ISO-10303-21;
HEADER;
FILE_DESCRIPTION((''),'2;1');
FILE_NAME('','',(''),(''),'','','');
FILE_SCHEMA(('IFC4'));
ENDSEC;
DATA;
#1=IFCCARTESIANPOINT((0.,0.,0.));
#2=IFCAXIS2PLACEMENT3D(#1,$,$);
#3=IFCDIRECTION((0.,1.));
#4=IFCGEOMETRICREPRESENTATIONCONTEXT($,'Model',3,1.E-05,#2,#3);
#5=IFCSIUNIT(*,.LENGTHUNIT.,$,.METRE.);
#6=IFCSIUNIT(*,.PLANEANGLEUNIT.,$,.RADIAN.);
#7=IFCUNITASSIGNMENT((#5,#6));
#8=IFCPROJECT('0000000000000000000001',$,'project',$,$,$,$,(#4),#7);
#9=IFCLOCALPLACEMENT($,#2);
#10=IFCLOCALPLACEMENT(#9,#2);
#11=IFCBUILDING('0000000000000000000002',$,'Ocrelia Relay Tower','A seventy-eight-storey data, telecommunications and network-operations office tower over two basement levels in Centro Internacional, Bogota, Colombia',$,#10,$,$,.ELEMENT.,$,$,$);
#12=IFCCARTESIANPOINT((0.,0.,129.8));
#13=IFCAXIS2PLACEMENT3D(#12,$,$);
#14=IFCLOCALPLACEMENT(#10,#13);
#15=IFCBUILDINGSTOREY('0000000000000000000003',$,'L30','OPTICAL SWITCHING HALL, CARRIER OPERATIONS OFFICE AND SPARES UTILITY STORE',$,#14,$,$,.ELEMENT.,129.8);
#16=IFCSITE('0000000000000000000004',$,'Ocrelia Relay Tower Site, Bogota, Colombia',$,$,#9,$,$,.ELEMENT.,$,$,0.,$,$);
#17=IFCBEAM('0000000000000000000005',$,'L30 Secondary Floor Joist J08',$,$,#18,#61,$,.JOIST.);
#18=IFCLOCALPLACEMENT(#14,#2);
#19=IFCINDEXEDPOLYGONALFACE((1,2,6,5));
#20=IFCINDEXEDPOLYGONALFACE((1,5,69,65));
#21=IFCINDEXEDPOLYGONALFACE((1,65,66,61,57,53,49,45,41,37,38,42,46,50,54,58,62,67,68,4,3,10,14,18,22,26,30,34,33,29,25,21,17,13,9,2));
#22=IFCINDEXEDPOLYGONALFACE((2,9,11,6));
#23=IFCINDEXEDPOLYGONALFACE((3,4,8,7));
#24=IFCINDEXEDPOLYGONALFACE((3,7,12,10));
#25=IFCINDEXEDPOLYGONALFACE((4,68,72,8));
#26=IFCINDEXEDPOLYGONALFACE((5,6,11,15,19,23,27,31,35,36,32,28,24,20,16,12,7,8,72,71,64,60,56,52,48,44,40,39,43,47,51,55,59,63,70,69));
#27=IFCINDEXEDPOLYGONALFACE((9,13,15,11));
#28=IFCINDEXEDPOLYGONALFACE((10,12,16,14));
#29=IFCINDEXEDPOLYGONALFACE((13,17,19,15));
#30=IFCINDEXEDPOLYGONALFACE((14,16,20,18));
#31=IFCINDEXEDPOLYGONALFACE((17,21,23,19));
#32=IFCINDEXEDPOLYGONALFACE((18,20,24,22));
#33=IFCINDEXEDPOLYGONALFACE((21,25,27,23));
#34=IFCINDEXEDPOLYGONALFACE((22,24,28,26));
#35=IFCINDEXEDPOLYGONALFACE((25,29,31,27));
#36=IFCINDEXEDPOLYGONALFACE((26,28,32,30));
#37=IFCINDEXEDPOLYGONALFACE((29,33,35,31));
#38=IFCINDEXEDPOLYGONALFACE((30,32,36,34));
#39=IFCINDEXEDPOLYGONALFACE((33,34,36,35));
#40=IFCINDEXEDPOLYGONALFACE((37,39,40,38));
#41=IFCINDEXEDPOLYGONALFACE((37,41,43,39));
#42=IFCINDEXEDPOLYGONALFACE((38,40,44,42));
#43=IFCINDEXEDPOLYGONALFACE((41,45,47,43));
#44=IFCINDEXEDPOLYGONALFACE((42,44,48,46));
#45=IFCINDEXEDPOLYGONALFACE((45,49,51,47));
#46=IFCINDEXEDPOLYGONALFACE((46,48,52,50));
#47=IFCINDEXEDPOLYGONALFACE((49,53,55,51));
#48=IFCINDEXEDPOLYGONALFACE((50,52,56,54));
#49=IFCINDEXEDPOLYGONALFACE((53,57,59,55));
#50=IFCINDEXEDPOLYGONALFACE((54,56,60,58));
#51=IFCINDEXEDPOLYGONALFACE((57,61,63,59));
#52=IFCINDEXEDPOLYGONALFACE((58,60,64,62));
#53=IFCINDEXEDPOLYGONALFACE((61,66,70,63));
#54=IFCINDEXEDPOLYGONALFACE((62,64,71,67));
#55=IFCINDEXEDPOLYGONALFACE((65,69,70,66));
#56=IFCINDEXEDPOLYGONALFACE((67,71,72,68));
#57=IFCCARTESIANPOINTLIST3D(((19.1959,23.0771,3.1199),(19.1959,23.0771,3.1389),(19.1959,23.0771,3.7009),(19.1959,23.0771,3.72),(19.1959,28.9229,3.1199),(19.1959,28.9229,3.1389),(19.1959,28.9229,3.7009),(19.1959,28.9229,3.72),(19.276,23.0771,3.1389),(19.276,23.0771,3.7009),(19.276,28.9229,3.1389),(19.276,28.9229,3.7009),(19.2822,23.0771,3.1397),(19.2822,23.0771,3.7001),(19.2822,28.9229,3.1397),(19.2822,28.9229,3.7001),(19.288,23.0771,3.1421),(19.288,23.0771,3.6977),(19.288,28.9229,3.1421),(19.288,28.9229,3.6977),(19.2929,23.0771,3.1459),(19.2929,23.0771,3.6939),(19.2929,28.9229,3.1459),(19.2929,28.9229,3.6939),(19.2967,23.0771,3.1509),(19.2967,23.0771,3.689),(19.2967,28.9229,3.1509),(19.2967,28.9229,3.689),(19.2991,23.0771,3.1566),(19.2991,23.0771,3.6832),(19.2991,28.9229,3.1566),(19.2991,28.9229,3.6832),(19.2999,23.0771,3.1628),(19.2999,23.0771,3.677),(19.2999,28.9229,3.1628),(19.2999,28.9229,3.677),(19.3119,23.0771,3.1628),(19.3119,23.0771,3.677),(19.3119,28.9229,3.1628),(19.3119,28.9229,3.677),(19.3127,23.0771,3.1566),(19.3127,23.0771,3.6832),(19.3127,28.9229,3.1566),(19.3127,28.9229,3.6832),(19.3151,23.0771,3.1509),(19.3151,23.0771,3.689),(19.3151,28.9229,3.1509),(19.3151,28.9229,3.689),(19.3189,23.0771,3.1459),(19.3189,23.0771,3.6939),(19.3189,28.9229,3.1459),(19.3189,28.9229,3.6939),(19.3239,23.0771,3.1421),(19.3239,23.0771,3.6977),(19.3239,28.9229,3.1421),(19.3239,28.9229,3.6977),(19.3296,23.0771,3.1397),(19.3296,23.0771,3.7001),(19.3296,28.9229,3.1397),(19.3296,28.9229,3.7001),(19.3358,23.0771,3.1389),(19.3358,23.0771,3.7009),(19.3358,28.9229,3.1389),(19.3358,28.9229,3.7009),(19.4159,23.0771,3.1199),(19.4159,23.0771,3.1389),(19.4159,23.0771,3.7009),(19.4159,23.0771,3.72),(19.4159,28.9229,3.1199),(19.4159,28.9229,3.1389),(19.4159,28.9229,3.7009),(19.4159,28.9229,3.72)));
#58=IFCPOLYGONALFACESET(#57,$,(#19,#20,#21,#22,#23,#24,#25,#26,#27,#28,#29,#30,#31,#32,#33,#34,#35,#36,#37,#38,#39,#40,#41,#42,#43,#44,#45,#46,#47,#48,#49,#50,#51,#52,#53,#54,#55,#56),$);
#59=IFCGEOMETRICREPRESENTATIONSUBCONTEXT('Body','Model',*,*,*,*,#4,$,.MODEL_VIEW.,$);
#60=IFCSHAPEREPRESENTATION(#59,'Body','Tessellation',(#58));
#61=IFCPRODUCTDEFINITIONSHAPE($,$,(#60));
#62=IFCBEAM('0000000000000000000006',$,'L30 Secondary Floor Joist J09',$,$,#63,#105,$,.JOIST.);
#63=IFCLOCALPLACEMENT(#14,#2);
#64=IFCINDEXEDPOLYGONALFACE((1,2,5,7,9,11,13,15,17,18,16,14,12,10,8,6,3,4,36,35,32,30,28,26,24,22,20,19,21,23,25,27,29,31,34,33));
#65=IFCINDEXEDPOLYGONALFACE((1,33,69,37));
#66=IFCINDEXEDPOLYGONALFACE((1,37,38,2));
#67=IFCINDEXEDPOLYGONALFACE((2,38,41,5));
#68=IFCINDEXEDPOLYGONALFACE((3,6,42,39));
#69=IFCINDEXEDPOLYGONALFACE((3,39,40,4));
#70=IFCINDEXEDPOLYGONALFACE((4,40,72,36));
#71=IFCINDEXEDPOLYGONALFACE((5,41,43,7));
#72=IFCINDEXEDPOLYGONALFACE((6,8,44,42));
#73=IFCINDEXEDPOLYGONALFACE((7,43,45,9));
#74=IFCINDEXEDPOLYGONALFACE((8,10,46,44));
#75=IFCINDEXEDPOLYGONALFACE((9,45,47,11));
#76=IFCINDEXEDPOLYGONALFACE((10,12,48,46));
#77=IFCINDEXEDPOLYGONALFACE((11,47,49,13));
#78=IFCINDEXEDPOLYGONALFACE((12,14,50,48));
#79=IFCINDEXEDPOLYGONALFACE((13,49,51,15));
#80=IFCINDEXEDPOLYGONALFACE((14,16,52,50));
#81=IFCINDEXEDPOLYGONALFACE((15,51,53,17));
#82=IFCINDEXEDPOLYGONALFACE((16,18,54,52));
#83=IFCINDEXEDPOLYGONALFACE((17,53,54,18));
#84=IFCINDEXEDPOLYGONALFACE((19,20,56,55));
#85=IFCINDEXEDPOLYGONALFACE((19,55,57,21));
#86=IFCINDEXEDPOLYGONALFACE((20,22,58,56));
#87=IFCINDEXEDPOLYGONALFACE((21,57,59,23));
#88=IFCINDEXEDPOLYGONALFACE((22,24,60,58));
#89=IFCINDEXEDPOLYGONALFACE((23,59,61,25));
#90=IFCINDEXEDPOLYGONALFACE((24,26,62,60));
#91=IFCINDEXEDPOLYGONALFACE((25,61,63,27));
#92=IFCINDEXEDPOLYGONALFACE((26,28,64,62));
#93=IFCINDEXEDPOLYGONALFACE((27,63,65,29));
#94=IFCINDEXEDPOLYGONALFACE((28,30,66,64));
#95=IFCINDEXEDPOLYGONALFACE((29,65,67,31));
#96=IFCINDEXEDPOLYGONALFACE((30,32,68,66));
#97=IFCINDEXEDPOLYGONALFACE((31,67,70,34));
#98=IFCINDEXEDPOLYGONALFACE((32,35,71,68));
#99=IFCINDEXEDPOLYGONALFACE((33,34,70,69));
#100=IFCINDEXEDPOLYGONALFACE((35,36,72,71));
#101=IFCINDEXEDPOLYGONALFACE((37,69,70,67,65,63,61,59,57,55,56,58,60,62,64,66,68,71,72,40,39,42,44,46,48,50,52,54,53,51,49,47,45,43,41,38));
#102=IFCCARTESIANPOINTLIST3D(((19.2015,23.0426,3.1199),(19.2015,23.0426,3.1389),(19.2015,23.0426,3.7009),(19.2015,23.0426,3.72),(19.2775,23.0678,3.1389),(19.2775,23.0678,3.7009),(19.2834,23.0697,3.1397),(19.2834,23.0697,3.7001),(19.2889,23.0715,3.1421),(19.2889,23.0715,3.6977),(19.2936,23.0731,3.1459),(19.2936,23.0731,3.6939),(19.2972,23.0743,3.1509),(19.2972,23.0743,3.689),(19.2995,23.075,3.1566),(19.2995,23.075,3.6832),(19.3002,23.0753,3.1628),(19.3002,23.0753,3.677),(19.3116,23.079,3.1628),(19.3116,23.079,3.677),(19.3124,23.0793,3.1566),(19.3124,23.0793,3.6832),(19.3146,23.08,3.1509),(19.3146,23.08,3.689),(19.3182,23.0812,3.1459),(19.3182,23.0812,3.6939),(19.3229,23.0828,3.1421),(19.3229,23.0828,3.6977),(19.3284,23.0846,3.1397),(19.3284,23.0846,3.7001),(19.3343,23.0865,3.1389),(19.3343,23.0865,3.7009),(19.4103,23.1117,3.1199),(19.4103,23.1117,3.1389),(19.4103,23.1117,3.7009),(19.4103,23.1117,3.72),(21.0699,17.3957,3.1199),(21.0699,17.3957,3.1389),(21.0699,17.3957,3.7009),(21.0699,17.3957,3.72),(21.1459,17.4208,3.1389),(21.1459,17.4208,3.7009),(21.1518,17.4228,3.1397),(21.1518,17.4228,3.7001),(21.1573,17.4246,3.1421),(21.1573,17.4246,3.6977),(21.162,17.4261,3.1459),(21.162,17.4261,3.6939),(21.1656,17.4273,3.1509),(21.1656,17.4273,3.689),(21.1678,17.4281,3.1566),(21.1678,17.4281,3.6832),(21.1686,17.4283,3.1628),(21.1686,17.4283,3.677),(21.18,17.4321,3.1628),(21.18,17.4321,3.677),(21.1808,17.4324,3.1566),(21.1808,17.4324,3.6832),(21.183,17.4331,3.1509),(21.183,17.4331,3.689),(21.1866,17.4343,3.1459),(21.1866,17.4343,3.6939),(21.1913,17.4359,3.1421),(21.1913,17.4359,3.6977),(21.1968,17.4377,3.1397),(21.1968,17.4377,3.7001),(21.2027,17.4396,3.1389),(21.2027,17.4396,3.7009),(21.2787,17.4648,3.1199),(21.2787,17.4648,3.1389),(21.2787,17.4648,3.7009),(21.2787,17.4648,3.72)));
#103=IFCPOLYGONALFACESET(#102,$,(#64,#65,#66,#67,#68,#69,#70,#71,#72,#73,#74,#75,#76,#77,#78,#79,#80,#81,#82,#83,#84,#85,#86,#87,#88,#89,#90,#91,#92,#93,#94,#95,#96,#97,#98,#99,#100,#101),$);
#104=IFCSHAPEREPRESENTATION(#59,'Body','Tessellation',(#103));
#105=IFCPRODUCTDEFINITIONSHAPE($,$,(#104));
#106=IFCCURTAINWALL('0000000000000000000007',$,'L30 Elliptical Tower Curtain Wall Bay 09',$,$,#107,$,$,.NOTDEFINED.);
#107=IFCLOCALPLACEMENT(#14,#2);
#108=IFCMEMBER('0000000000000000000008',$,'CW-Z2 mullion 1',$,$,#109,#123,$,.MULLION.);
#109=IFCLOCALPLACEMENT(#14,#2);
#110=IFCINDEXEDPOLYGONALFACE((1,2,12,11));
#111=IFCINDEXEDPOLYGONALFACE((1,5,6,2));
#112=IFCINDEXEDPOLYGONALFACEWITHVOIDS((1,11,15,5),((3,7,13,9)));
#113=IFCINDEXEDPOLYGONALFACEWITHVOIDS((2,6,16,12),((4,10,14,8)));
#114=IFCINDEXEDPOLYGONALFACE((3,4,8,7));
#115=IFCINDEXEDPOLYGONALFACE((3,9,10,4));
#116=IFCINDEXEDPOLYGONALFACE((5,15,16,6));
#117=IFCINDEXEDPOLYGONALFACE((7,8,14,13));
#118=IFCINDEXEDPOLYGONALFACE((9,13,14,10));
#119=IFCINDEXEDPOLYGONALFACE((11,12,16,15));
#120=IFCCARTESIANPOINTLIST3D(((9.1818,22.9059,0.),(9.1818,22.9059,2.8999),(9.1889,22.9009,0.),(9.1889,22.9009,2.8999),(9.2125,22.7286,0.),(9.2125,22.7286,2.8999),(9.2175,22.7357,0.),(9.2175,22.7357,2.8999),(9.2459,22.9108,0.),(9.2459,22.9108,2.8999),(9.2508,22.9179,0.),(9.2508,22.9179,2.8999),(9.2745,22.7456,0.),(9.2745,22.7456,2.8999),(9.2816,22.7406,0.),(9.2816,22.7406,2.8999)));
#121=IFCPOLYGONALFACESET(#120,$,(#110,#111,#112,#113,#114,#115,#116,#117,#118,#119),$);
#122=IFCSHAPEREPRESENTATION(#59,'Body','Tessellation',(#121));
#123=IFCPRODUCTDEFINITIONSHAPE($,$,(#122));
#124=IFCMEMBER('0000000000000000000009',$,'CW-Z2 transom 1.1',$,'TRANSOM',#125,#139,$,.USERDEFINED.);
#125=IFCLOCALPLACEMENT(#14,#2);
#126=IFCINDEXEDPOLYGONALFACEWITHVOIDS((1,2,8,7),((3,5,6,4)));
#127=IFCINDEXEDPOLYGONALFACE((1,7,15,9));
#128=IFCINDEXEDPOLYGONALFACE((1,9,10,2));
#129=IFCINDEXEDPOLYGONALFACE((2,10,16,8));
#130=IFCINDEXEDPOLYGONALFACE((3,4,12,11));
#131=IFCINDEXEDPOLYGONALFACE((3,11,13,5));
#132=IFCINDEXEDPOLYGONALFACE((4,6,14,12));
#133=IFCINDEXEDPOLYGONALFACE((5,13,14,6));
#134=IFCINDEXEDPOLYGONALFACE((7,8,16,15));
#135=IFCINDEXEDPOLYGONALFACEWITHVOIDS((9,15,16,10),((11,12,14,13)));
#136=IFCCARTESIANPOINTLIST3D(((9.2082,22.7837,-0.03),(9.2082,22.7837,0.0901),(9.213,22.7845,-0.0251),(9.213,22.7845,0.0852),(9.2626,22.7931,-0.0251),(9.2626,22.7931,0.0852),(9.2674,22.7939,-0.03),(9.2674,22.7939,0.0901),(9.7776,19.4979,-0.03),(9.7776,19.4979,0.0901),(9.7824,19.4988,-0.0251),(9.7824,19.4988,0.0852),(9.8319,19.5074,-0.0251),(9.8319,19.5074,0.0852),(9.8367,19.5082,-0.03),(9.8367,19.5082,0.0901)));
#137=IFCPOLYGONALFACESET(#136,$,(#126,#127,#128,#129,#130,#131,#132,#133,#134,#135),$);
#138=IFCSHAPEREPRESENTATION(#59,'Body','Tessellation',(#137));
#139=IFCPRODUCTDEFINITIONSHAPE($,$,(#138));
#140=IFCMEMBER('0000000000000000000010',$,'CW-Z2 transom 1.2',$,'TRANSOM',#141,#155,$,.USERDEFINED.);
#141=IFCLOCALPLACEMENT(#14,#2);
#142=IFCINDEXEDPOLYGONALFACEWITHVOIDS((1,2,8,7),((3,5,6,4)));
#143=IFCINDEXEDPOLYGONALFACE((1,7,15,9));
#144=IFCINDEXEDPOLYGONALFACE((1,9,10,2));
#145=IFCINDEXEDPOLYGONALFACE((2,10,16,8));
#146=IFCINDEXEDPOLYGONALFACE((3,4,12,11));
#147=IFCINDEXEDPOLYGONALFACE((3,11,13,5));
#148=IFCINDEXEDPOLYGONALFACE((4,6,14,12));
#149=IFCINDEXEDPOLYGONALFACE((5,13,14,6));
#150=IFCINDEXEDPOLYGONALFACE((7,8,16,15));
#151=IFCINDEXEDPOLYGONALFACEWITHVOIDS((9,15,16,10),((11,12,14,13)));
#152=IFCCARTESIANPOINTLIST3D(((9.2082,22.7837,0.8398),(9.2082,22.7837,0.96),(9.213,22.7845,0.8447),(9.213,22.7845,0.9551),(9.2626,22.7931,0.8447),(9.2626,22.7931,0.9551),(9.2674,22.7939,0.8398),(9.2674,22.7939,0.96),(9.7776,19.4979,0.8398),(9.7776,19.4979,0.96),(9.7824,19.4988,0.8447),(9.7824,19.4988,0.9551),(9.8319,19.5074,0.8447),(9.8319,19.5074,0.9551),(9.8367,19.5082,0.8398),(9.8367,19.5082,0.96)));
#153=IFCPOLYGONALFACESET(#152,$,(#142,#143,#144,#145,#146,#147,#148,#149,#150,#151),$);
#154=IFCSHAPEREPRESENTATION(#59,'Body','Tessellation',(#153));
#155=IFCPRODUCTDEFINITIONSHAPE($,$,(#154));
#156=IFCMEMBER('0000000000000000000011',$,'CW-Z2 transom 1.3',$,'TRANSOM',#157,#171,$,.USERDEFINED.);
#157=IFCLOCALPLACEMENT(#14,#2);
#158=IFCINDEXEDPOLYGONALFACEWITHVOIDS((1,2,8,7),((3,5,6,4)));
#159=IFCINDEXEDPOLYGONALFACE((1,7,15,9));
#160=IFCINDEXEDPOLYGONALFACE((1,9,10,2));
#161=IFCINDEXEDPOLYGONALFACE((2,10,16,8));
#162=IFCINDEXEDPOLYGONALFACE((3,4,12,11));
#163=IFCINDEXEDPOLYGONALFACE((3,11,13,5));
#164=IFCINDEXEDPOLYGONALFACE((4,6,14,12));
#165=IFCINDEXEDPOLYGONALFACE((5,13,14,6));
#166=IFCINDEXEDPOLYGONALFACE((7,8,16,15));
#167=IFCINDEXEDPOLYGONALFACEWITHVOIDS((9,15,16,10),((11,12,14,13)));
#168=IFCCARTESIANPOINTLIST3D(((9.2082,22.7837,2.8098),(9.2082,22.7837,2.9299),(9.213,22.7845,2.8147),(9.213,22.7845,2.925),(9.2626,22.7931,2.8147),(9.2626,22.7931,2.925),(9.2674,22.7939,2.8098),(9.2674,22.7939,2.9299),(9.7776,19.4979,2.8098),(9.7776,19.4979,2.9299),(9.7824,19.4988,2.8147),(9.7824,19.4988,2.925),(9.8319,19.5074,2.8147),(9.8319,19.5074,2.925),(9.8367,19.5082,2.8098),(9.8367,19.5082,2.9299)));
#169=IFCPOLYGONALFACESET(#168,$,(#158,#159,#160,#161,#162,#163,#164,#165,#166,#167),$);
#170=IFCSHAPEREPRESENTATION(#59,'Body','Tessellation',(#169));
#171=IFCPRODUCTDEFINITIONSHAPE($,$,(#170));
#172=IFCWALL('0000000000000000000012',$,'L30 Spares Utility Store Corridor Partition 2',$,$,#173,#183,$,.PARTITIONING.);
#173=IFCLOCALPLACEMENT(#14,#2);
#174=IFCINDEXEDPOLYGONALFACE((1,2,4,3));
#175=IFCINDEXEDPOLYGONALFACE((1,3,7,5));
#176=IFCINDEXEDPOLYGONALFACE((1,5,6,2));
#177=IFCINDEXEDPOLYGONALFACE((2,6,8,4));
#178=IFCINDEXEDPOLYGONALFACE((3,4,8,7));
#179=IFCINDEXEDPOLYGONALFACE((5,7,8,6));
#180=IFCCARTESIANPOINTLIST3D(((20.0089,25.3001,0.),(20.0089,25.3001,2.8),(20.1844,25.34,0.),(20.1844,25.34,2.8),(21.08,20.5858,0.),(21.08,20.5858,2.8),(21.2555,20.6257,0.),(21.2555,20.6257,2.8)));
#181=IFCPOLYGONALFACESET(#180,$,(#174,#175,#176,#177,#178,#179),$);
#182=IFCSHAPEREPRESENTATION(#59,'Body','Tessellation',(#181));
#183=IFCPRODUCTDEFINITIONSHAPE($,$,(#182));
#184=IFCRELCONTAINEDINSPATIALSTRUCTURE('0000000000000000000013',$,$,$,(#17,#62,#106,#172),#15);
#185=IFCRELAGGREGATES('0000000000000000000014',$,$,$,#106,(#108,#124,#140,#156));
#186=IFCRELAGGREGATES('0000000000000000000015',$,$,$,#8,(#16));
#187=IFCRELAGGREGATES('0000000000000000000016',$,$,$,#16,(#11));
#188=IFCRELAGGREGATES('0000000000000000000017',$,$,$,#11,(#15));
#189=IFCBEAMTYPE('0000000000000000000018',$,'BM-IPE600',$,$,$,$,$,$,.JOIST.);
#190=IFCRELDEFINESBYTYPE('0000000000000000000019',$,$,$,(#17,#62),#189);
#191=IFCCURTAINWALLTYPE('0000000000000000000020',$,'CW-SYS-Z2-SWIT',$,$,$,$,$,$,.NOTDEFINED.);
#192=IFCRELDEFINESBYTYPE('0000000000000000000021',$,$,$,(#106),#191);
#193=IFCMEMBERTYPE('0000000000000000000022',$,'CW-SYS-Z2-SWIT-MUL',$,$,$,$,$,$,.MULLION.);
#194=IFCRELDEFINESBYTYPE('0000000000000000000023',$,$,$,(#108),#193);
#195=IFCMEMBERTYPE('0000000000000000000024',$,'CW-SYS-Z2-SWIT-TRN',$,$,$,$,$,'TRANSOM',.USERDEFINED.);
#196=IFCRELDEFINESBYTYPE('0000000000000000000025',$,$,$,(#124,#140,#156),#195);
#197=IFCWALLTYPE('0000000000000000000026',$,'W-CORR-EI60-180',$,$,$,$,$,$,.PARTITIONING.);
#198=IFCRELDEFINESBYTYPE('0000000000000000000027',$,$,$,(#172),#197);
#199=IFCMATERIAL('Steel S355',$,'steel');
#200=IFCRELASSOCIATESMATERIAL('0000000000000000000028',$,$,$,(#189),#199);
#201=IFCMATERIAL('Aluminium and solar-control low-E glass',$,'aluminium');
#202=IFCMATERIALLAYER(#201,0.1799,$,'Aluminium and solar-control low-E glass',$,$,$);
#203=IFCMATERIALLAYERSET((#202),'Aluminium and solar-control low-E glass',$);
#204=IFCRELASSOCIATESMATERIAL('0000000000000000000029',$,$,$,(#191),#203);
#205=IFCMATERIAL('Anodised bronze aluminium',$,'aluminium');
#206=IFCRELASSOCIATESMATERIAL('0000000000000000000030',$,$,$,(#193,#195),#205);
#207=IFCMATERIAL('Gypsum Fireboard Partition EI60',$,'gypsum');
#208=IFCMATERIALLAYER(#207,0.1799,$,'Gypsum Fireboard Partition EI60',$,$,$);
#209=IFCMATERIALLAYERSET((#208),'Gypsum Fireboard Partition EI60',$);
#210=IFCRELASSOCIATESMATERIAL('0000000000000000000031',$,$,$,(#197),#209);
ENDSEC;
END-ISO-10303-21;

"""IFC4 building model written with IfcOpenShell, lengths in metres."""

from ifc_helpers import new_model, si_unit, direction, frame, frame_2d, origin, origin_2d, place, context, subcontext, project, spatial, rectangle, hollow_rectangle, i_section, extrude, material, layer, layer_set, material_profile, profile_set, type_object, element, aggregate, save


model = new_model("IFC4")

# Units and contexts
model_context = context("Model", 3, precision=1e-05, world=origin(), true_north=direction((0.0, 1.0)))
body_context = subcontext(model_context, "Body", "Model", "MODEL_VIEW")
ifc_project = project(units=[si_unit("LENGTHUNIT", "METRE"), si_unit("PLANEANGLEUNIT", "RADIAN")], contexts=[model_context])

# Site, building, storey
site_placement = place(None, origin())
site = spatial("IfcSite", under=ifc_project, at=site_placement, Name="Ocrelia Relay Tower Site, Bogota, Colombia", CompositionType="ELEMENT", RefElevation=0.0)
building_placement = place(site_placement, origin())
building = spatial("IfcBuilding", under=site, at=building_placement, Name="Ocrelia Relay Tower", Description="A seventy-eight-storey data, telecommunications and network-operations office tower over two basement levels in Centro Internacional, Bogota, Colombia", CompositionType="ELEMENT")
storey_placement = place(building_placement, frame((0.0, 0.0, 129.8)))
storey = spatial("IfcBuildingStorey", under=building, at=storey_placement, Name="L30", Description="OPTICAL SWITCHING HALL, CARRIER OPERATIONS OFFICE AND SPARES UTILITY STORE", CompositionType="ELEMENT", Elevation=129.8)

# Beams
ifc_material_1 = material(Name="Steel S355", Category="steel")
ifc_material_profile_1 = material_profile(ifc_material_1, i_section(OverallWidth=0.22, OverallDepth=0.6001, WebThickness=0.012, FlangeThickness=0.019, FilletRadius=0.0239, at=origin_2d()), Name="IPE 600")
ifc_profile_set_1 = profile_set([ifc_material_profile_1], Name="Steel S355")
beam_type_1 = type_object("IfcBeamType", Name="BM-IPE600", PredefinedType="JOIST", material=ifc_profile_set_1)
beam_1_placement = place(storey_placement, frame((19.3059, 28.9229, 3.4199), z_axis=(0.0, -1.0, 0.0), x_axis=(1.0, 0.0, 0.0)))
element("IfcBeam", 1, at=beam_1_placement, inside=storey, type_object=beam_type_1, Name="L30 Secondary Floor Joist J08", PredefinedType="JOIST", context=body_context, shape_type="SweptSolid", body=[
    extrude(i_section(OverallWidth=0.22, OverallDepth=0.6001, WebThickness=0.012, FlangeThickness=0.019, FilletRadius=0.0239, at=origin_2d()), origin(), (0.0, 0.0, 1.0), 5.8457),
])
beam_2_placement = place(storey_placement, frame((19.3059, 23.0771, 3.4199), z_axis=(0.314121, -0.949383, 0.0), x_axis=(0.949383, 0.314121, 0.0)))
element("IfcBeam", 2, at=beam_2_placement, inside=storey, type_object=beam_type_1, Name="L30 Secondary Floor Joist J09", PredefinedType="JOIST", context=body_context, shape_type="SweptSolid", body=[
    extrude(i_section(OverallWidth=0.22, OverallDepth=0.6001, WebThickness=0.012, FlangeThickness=0.019, FilletRadius=0.0239, at=origin_2d()), origin(), (0.0, 0.0, 1.0), 5.948),
])

# Curtain wall, members
ifc_material_2 = material(Name="Aluminium and solar-control low-E glass", Category="aluminium")
ifc_layer_1 = layer(ifc_material_2, 0.1799, Name="Aluminium and solar-control low-E glass")
ifc_layer_set_1 = layer_set([ifc_layer_1], Name="Aluminium and solar-control low-E glass")
curtain_wall_type = type_object("IfcCurtainWallType", Name="CW-SYS-Z2-SWIT", PredefinedType="NOTDEFINED", material=ifc_layer_set_1)
curtain_wall_placement = place(storey_placement, origin())
curtain_wall = element("IfcCurtainWall", 3, at=curtain_wall_placement, inside=storey, type_object=curtain_wall_type, Name="L30 Elliptical Tower Curtain Wall Bay 09", PredefinedType="NOTDEFINED")
ifc_material_3 = material(Name="Anodised bronze aluminium", Category="aluminium")
ifc_material_profile_2 = material_profile(ifc_material_3, hollow_rectangle(XDim=0.0701, YDim=0.1799, WallThickness=0.0061, at=origin_2d()), Name="CW-MUL-180x70")
ifc_profile_set_2 = profile_set([ifc_material_profile_2], Name="Anodised bronze aluminium")
member_type_1 = type_object("IfcMemberType", Name="CW-SYS-Z2-SWIT-MUL", PredefinedType="MULLION", material=ifc_profile_set_2)
member_1_placement = place(storey_placement, frame((9.2317, 22.8232, 0.0), z_axis=(0.0, 0.0, 1.0), x_axis=(0.985317, 0.170734, 0.0)))
member_1 = element("IfcMember", 4, at=member_1_placement, type_object=member_type_1, Name="CW-Z2 mullion 1", PredefinedType="MULLION", context=body_context, shape_type="SweptSolid", body=[
    extrude(hollow_rectangle(XDim=0.0701, YDim=0.1799, WallThickness=0.0061, at=origin_2d()), origin(), (0.0, 0.0, 1.0), 2.8999),
])
ifc_material_profile_3 = material_profile(ifc_material_3, hollow_rectangle(XDim=0.0601, YDim=0.1201, WallThickness=0.0049, at=origin_2d()), Name="CW-TRN-120x60")
ifc_profile_set_3 = profile_set([ifc_material_profile_3], Name="Anodised bronze aluminium")
member_type_2 = type_object("IfcMemberType", Name="CW-SYS-Z2-SWIT-TRN", ElementType="TRANSOM", PredefinedType="USERDEFINED", material=ifc_profile_set_3)
member_2_placement = place(storey_placement, frame((9.2378, 22.7888, 0.03), z_axis=(0.170736, -0.985317, 0.0), x_axis=(0.985317, 0.170736, 0.0)))
member_2 = element("IfcMember", 5, at=member_2_placement, type_object=member_type_2, Name="CW-Z2 transom 1.1", ObjectType="TRANSOM", PredefinedType="USERDEFINED", context=body_context, shape_type="SweptSolid", body=[
    extrude(hollow_rectangle(XDim=0.0601, YDim=0.1201, WallThickness=0.0049, at=origin_2d()), origin(), (0.0, 0.0, 1.0), 3.3347),
])
member_3_placement = place(storey_placement, frame((9.2378, 22.7888, 0.8999), z_axis=(0.170736, -0.985317, 0.0), x_axis=(0.985317, 0.170736, 0.0)))
member_3 = element("IfcMember", 6, at=member_3_placement, type_object=member_type_2, Name="CW-Z2 transom 1.2", ObjectType="TRANSOM", PredefinedType="USERDEFINED", context=body_context, shape_type="SweptSolid", body=[
    extrude(hollow_rectangle(XDim=0.0601, YDim=0.1201, WallThickness=0.0049, at=origin_2d()), origin(), (0.0, 0.0, 1.0), 3.3347),
])
member_4_placement = place(storey_placement, frame((9.2378, 22.7888, 2.8699), z_axis=(0.170736, -0.985317, 0.0), x_axis=(0.985317, 0.170736, 0.0)))
member_4 = element("IfcMember", 7, at=member_4_placement, type_object=member_type_2, Name="CW-Z2 transom 1.3", ObjectType="TRANSOM", PredefinedType="USERDEFINED", context=body_context, shape_type="SweptSolid", body=[
    extrude(hollow_rectangle(XDim=0.0601, YDim=0.1201, WallThickness=0.0049, at=origin_2d()), origin(), (0.0, 0.0, 1.0), 3.3347),
])
aggregate(curtain_wall, [member_1, member_2, member_3, member_4])

# Shared definitions
ifc_material_4 = material(Name="Gypsum Fireboard Partition EI60", Category="gypsum")
ifc_layer_2 = layer(ifc_material_4, 0.1799, Name="Gypsum Fireboard Partition EI60")
ifc_layer_set_2 = layer_set([ifc_layer_2], Name="Gypsum Fireboard Partition EI60")
wall_type_1 = type_object("IfcWallType", Name="W-CORR-EI60-180", PredefinedType="PARTITIONING", material=ifc_layer_set_2)

# Wall
wall_1_placement = place(storey_placement, frame((20.0967, 25.3201, 0.0), z_axis=(0.0, 0.0, 1.0), x_axis=(0.221543, -0.975151, 0.0)))
element("IfcWall", 8, at=wall_1_placement, inside=storey, type_object=wall_type_1, Name="L30 Spares Utility Store Corridor Partition 2", PredefinedType="PARTITIONING", context=body_context, shape_type="SweptSolid", body=[
    extrude(rectangle(XDim=4.8345, YDim=0.1799, at=frame_2d((2.4172, 0.0))), origin(), (0.0, 0.0, 1.0), 2.8),
])

save(model, "model.ifc")
